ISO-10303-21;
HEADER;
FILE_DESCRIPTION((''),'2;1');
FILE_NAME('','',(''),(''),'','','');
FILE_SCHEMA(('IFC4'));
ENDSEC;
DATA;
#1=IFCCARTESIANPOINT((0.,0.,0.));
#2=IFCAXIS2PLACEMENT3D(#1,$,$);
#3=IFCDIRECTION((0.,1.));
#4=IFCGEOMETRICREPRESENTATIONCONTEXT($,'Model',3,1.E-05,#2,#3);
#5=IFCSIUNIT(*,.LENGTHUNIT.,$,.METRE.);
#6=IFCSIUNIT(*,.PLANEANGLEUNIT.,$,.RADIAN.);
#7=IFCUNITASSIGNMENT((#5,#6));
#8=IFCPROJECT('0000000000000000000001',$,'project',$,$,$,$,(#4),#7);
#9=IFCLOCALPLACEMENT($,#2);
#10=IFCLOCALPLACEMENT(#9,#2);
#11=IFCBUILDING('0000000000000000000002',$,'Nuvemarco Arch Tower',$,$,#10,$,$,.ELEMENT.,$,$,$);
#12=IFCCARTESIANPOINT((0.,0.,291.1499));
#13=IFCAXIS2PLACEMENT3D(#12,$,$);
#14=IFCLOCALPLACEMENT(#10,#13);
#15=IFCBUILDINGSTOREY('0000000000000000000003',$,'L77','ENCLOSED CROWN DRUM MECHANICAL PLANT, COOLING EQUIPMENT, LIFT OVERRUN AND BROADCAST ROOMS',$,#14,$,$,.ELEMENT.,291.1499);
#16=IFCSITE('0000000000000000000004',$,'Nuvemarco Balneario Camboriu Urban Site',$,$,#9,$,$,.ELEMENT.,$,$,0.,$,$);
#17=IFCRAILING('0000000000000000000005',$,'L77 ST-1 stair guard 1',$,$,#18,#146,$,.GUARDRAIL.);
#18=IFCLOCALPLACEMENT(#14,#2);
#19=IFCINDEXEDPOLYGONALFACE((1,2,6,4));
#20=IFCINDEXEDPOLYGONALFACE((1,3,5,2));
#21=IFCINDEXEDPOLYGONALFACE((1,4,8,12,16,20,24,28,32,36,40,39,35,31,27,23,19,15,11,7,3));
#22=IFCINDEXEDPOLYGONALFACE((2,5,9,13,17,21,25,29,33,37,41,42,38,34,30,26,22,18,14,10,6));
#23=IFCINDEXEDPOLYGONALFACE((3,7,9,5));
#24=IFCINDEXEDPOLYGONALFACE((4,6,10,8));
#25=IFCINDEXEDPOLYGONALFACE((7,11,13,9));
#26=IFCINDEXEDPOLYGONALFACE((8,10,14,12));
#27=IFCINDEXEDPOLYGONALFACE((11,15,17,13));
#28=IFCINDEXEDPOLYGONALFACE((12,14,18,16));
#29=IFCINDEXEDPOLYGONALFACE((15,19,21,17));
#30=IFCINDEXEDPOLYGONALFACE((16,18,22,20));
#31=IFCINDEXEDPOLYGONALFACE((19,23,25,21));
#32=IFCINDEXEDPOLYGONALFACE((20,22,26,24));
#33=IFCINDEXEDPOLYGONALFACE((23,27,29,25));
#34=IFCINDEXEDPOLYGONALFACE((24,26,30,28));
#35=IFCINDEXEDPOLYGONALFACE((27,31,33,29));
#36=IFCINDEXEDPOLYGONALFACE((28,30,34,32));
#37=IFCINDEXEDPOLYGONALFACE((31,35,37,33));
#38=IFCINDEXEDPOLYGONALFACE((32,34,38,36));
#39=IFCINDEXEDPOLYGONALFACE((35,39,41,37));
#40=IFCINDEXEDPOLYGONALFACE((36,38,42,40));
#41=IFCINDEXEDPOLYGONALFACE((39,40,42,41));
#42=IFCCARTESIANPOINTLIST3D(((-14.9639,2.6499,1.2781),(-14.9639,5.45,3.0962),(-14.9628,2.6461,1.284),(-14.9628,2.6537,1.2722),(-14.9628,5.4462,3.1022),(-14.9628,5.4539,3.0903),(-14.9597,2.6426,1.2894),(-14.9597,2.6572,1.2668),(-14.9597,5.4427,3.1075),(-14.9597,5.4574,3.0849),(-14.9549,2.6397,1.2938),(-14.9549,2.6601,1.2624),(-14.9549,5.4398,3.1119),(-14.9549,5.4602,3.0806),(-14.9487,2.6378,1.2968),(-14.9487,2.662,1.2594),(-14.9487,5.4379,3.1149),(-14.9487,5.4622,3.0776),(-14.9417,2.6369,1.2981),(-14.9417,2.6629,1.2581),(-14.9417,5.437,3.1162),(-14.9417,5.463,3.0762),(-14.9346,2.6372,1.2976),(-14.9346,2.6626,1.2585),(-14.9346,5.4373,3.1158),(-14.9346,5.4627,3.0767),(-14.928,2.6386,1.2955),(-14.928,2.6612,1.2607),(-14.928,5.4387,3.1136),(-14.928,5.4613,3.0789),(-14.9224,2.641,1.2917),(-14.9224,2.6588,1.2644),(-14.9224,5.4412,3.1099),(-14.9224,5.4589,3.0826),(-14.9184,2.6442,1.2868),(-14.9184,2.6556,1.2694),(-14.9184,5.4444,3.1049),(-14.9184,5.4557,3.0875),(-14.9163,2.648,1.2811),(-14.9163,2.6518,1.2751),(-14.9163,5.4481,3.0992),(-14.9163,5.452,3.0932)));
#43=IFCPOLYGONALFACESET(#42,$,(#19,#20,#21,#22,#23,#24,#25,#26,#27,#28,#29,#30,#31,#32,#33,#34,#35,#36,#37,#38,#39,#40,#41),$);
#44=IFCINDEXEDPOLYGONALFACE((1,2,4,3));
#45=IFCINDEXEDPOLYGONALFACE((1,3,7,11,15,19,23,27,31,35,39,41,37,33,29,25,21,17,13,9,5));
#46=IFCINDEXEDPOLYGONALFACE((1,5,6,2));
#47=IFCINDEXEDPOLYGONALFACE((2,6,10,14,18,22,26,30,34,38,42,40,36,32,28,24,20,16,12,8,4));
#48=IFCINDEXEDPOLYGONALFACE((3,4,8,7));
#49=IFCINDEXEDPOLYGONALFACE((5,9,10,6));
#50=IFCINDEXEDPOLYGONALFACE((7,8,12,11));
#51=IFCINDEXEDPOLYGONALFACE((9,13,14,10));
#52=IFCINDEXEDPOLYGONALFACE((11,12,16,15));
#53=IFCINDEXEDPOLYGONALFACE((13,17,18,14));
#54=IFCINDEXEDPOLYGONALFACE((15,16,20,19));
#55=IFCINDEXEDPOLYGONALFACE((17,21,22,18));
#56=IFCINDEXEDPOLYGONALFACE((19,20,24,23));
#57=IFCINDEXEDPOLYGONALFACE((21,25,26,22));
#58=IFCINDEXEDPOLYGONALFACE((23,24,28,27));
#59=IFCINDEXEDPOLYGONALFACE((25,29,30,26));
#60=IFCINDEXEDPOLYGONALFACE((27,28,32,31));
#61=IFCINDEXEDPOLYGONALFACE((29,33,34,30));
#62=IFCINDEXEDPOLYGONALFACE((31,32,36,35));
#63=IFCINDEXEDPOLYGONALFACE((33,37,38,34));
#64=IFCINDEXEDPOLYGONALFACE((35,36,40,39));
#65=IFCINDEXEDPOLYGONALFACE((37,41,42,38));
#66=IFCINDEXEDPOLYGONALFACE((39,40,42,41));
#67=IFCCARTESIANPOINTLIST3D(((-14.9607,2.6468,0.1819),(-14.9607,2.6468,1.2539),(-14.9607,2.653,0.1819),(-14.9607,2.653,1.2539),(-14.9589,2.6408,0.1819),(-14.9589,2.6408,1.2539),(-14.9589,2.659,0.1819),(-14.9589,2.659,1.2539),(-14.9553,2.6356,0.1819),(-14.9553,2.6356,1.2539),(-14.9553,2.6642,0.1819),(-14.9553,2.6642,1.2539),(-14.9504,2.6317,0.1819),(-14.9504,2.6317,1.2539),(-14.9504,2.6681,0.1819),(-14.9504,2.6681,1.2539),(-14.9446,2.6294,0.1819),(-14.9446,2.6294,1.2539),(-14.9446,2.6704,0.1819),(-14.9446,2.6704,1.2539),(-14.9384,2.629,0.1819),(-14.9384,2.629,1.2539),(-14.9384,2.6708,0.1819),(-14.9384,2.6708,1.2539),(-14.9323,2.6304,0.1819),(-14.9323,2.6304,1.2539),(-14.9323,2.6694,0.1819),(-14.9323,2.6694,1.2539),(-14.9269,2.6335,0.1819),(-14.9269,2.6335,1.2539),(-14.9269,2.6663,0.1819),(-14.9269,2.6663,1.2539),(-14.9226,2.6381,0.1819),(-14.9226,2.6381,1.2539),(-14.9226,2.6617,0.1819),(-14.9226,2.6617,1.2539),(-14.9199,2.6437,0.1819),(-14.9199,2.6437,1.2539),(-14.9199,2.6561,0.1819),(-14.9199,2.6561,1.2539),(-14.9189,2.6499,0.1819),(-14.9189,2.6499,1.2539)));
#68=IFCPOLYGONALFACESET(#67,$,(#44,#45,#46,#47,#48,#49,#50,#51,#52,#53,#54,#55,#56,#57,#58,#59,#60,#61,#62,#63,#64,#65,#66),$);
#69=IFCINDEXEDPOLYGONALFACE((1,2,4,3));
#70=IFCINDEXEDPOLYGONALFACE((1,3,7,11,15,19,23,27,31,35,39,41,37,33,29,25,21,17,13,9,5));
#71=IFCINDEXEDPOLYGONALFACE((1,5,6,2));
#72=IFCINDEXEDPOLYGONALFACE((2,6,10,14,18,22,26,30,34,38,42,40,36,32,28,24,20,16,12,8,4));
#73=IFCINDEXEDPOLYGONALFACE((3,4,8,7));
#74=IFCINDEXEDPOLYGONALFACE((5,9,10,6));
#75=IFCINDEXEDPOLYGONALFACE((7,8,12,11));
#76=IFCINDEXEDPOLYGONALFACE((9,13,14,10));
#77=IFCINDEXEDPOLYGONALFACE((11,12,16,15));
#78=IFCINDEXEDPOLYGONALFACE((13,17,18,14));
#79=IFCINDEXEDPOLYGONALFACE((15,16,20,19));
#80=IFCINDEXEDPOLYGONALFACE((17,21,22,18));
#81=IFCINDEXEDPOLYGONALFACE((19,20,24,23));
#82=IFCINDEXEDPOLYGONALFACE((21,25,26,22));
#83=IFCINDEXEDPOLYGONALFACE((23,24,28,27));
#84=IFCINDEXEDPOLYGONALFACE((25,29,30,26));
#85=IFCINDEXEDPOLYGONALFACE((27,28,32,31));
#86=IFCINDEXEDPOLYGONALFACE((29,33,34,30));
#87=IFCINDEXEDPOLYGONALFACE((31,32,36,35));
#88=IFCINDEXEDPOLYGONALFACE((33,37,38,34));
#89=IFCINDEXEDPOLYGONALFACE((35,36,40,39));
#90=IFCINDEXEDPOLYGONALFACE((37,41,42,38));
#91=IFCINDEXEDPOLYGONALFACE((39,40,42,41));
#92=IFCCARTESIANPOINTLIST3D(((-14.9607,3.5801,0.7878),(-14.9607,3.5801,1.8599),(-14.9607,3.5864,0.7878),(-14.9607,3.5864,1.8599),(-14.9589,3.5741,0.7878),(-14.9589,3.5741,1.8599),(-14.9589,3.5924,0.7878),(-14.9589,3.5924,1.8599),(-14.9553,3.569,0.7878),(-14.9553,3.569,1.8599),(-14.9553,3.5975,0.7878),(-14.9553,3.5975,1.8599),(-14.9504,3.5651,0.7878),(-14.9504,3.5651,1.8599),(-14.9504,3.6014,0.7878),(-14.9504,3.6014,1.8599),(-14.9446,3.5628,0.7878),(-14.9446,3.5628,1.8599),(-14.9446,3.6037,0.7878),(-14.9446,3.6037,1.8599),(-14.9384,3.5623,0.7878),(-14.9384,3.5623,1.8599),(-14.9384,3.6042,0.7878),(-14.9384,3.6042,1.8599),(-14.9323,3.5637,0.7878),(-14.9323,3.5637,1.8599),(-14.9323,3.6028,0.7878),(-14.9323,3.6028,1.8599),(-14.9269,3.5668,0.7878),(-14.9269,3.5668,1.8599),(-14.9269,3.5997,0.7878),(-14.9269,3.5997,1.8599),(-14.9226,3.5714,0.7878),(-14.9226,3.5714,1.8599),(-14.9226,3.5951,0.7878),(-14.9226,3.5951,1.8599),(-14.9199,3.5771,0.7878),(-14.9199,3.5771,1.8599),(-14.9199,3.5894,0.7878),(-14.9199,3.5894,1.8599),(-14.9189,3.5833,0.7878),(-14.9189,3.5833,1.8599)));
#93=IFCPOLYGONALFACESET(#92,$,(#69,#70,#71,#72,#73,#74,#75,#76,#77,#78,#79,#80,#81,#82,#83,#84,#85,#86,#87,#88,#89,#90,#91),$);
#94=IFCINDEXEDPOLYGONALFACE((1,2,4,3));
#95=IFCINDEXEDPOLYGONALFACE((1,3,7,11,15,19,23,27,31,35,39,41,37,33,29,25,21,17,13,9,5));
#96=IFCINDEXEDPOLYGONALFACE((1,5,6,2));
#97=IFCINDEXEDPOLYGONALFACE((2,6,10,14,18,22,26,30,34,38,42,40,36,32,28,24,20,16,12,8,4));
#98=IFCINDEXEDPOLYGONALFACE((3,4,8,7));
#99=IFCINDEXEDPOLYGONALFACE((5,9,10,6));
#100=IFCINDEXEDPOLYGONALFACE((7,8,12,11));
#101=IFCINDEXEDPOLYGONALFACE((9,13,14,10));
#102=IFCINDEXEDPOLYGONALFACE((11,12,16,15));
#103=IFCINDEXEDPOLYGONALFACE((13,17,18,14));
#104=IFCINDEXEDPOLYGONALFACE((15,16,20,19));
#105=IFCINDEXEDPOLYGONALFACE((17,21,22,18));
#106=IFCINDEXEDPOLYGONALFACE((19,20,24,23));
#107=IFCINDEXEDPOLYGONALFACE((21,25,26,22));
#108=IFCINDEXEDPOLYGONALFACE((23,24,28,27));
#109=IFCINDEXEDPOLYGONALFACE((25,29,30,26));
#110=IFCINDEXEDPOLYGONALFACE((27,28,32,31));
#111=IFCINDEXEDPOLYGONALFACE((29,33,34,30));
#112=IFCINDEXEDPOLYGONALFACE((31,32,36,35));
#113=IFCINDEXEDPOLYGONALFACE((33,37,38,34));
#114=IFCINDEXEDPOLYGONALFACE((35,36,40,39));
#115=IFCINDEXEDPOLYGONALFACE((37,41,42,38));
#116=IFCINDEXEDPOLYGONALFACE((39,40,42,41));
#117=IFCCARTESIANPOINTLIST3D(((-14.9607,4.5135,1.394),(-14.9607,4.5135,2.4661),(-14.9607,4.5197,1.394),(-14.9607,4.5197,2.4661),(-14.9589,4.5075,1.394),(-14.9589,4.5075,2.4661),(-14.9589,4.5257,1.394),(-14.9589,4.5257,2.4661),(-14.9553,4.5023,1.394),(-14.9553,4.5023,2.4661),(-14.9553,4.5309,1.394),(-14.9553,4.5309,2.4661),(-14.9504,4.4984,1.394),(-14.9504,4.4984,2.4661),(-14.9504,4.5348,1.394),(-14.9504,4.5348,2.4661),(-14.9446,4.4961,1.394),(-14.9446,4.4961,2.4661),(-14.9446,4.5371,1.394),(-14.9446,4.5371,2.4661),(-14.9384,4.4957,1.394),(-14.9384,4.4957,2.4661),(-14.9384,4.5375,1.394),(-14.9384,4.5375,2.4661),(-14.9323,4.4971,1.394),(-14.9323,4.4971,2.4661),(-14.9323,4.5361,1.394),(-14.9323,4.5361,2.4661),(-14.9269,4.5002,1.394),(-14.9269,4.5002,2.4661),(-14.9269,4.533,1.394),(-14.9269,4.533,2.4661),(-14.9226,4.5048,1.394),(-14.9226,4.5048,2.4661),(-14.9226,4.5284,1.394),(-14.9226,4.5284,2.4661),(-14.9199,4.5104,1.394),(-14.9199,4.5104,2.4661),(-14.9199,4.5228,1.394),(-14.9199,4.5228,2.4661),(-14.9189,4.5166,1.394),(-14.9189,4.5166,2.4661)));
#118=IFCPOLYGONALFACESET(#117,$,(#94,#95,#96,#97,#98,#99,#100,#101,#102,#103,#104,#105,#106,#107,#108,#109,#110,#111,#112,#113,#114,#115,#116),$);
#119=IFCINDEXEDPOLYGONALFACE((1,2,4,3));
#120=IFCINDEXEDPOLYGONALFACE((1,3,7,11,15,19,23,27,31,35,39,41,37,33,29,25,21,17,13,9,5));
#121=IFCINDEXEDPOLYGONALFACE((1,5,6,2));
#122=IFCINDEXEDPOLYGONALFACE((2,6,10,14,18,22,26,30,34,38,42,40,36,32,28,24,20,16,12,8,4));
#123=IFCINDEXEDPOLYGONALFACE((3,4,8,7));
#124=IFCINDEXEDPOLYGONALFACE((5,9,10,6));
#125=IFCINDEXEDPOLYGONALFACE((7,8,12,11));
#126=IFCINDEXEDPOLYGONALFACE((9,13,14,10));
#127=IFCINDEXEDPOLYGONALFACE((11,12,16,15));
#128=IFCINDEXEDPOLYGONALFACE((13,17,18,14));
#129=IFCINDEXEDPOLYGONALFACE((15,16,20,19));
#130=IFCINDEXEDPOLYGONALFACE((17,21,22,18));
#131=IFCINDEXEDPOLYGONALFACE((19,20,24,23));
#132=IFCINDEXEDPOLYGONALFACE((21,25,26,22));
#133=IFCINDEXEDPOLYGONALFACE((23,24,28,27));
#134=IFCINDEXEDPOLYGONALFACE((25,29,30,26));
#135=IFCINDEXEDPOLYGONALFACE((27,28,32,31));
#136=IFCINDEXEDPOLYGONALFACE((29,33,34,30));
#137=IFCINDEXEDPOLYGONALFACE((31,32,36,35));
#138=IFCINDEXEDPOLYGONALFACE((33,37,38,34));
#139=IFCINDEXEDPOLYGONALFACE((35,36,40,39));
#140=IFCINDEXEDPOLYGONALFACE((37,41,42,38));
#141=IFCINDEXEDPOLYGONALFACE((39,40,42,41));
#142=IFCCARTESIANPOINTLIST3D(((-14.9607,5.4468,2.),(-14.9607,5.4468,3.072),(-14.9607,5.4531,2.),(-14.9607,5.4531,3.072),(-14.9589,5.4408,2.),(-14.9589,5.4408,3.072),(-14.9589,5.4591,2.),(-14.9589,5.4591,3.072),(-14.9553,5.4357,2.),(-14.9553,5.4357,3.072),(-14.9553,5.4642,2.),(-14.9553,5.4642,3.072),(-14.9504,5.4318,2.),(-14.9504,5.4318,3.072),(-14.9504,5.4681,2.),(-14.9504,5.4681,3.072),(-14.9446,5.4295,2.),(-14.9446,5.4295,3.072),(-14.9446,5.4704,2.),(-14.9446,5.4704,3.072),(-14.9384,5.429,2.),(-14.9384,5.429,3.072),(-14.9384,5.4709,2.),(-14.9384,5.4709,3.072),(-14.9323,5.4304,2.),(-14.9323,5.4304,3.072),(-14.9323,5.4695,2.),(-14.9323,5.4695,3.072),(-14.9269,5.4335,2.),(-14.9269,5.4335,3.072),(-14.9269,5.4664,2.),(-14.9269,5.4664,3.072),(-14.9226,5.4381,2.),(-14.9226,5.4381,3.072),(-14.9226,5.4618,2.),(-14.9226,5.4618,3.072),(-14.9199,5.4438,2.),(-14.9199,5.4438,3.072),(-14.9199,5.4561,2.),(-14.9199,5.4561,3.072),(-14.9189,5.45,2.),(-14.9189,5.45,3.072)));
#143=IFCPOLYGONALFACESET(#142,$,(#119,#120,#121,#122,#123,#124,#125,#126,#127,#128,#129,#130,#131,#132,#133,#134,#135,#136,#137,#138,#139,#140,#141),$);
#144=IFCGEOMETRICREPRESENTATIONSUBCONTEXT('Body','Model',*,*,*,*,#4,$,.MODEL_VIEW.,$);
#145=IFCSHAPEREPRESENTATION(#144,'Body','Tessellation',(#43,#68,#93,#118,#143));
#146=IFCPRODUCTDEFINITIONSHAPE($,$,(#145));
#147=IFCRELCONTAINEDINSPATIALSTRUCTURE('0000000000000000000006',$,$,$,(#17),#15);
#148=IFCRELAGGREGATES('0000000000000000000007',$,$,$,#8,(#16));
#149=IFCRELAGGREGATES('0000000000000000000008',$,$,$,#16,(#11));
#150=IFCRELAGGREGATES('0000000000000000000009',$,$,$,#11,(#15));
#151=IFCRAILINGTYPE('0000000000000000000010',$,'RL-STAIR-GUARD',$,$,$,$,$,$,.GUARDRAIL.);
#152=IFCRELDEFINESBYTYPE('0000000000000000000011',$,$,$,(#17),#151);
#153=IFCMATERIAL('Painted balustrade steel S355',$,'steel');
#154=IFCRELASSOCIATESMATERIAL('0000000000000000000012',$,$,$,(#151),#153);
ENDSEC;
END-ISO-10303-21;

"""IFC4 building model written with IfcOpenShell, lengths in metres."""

from ifc_helpers import new_model, si_unit, direction, frame, origin, origin_2d, place, context, subcontext, project, spatial, circle, extrude, material, type_object, element, save


model = new_model("IFC4")

# Units and contexts
model_context = context("Model", 3, precision=1e-05, world=origin(), true_north=direction((0.0, 1.0)))
body_context = subcontext(model_context, "Body", "Model", "MODEL_VIEW")
ifc_project = project(units=[si_unit("LENGTHUNIT", "METRE"), si_unit("PLANEANGLEUNIT", "RADIAN")], contexts=[model_context])

# Site, building, storey
site_placement = place(None, origin())
site = spatial("IfcSite", under=ifc_project, at=site_placement, Name="Nuvemarco Balneario Camboriu Urban Site", CompositionType="ELEMENT", RefElevation=0.0)
building_placement = place(site_placement, origin())
building = spatial("IfcBuilding", under=site, at=building_placement, Name="Nuvemarco Arch Tower", CompositionType="ELEMENT")
storey_placement = place(building_placement, frame((0.0, 0.0, 291.1499)))
storey = spatial("IfcBuildingStorey", under=building, at=storey_placement, Name="L77", Description="ENCLOSED CROWN DRUM MECHANICAL PLANT, COOLING EQUIPMENT, LIFT OVERRUN AND BROADCAST ROOMS", CompositionType="ELEMENT", Elevation=291.1499)

# Railing
ifc_material_1 = material(Name="Painted balustrade steel S355", Category="steel")
railing_type_1 = type_object("IfcRailingType", Name="RL-STAIR-GUARD", PredefinedType="GUARDRAIL", material=ifc_material_1)
railing_1_placement = place(storey_placement, frame((-14.9399, 2.6499, 0.1819)))
element("IfcRailing", 1, at=railing_1_placement, inside=storey, type_object=railing_type_1, Name="L77 ST-1 stair guard 1", PredefinedType="GUARDRAIL", context=body_context, shape_type="SweptSolid", body=[
    extrude(circle(Radius=0.0239, at=origin_2d()), frame((0.0, 0.0, 1.0962), z_axis=(0.0, 0.838706, 0.544585), x_axis=(-1.0, 0.0, 0.0)), (0.0, 0.0, 1.0), 3.3386),
    extrude(circle(Radius=0.021, at=origin_2d()), origin(), (0.0, 0.0, 1.0), 1.072),
    extrude(circle(Radius=0.021, at=origin_2d()), frame((0.0, 0.9333, 0.606)), (0.0, 0.0, 1.0), 1.072),
    extrude(circle(Radius=0.021, at=origin_2d()), frame((0.0, 1.8667, 1.2122)), (0.0, 0.0, 1.0), 1.072),
    extrude(circle(Radius=0.021, at=origin_2d()), frame((0.0, 2.8, 1.8181)), (0.0, 0.0, 1.0), 1.072),
])

save(model, "model.ifc")
